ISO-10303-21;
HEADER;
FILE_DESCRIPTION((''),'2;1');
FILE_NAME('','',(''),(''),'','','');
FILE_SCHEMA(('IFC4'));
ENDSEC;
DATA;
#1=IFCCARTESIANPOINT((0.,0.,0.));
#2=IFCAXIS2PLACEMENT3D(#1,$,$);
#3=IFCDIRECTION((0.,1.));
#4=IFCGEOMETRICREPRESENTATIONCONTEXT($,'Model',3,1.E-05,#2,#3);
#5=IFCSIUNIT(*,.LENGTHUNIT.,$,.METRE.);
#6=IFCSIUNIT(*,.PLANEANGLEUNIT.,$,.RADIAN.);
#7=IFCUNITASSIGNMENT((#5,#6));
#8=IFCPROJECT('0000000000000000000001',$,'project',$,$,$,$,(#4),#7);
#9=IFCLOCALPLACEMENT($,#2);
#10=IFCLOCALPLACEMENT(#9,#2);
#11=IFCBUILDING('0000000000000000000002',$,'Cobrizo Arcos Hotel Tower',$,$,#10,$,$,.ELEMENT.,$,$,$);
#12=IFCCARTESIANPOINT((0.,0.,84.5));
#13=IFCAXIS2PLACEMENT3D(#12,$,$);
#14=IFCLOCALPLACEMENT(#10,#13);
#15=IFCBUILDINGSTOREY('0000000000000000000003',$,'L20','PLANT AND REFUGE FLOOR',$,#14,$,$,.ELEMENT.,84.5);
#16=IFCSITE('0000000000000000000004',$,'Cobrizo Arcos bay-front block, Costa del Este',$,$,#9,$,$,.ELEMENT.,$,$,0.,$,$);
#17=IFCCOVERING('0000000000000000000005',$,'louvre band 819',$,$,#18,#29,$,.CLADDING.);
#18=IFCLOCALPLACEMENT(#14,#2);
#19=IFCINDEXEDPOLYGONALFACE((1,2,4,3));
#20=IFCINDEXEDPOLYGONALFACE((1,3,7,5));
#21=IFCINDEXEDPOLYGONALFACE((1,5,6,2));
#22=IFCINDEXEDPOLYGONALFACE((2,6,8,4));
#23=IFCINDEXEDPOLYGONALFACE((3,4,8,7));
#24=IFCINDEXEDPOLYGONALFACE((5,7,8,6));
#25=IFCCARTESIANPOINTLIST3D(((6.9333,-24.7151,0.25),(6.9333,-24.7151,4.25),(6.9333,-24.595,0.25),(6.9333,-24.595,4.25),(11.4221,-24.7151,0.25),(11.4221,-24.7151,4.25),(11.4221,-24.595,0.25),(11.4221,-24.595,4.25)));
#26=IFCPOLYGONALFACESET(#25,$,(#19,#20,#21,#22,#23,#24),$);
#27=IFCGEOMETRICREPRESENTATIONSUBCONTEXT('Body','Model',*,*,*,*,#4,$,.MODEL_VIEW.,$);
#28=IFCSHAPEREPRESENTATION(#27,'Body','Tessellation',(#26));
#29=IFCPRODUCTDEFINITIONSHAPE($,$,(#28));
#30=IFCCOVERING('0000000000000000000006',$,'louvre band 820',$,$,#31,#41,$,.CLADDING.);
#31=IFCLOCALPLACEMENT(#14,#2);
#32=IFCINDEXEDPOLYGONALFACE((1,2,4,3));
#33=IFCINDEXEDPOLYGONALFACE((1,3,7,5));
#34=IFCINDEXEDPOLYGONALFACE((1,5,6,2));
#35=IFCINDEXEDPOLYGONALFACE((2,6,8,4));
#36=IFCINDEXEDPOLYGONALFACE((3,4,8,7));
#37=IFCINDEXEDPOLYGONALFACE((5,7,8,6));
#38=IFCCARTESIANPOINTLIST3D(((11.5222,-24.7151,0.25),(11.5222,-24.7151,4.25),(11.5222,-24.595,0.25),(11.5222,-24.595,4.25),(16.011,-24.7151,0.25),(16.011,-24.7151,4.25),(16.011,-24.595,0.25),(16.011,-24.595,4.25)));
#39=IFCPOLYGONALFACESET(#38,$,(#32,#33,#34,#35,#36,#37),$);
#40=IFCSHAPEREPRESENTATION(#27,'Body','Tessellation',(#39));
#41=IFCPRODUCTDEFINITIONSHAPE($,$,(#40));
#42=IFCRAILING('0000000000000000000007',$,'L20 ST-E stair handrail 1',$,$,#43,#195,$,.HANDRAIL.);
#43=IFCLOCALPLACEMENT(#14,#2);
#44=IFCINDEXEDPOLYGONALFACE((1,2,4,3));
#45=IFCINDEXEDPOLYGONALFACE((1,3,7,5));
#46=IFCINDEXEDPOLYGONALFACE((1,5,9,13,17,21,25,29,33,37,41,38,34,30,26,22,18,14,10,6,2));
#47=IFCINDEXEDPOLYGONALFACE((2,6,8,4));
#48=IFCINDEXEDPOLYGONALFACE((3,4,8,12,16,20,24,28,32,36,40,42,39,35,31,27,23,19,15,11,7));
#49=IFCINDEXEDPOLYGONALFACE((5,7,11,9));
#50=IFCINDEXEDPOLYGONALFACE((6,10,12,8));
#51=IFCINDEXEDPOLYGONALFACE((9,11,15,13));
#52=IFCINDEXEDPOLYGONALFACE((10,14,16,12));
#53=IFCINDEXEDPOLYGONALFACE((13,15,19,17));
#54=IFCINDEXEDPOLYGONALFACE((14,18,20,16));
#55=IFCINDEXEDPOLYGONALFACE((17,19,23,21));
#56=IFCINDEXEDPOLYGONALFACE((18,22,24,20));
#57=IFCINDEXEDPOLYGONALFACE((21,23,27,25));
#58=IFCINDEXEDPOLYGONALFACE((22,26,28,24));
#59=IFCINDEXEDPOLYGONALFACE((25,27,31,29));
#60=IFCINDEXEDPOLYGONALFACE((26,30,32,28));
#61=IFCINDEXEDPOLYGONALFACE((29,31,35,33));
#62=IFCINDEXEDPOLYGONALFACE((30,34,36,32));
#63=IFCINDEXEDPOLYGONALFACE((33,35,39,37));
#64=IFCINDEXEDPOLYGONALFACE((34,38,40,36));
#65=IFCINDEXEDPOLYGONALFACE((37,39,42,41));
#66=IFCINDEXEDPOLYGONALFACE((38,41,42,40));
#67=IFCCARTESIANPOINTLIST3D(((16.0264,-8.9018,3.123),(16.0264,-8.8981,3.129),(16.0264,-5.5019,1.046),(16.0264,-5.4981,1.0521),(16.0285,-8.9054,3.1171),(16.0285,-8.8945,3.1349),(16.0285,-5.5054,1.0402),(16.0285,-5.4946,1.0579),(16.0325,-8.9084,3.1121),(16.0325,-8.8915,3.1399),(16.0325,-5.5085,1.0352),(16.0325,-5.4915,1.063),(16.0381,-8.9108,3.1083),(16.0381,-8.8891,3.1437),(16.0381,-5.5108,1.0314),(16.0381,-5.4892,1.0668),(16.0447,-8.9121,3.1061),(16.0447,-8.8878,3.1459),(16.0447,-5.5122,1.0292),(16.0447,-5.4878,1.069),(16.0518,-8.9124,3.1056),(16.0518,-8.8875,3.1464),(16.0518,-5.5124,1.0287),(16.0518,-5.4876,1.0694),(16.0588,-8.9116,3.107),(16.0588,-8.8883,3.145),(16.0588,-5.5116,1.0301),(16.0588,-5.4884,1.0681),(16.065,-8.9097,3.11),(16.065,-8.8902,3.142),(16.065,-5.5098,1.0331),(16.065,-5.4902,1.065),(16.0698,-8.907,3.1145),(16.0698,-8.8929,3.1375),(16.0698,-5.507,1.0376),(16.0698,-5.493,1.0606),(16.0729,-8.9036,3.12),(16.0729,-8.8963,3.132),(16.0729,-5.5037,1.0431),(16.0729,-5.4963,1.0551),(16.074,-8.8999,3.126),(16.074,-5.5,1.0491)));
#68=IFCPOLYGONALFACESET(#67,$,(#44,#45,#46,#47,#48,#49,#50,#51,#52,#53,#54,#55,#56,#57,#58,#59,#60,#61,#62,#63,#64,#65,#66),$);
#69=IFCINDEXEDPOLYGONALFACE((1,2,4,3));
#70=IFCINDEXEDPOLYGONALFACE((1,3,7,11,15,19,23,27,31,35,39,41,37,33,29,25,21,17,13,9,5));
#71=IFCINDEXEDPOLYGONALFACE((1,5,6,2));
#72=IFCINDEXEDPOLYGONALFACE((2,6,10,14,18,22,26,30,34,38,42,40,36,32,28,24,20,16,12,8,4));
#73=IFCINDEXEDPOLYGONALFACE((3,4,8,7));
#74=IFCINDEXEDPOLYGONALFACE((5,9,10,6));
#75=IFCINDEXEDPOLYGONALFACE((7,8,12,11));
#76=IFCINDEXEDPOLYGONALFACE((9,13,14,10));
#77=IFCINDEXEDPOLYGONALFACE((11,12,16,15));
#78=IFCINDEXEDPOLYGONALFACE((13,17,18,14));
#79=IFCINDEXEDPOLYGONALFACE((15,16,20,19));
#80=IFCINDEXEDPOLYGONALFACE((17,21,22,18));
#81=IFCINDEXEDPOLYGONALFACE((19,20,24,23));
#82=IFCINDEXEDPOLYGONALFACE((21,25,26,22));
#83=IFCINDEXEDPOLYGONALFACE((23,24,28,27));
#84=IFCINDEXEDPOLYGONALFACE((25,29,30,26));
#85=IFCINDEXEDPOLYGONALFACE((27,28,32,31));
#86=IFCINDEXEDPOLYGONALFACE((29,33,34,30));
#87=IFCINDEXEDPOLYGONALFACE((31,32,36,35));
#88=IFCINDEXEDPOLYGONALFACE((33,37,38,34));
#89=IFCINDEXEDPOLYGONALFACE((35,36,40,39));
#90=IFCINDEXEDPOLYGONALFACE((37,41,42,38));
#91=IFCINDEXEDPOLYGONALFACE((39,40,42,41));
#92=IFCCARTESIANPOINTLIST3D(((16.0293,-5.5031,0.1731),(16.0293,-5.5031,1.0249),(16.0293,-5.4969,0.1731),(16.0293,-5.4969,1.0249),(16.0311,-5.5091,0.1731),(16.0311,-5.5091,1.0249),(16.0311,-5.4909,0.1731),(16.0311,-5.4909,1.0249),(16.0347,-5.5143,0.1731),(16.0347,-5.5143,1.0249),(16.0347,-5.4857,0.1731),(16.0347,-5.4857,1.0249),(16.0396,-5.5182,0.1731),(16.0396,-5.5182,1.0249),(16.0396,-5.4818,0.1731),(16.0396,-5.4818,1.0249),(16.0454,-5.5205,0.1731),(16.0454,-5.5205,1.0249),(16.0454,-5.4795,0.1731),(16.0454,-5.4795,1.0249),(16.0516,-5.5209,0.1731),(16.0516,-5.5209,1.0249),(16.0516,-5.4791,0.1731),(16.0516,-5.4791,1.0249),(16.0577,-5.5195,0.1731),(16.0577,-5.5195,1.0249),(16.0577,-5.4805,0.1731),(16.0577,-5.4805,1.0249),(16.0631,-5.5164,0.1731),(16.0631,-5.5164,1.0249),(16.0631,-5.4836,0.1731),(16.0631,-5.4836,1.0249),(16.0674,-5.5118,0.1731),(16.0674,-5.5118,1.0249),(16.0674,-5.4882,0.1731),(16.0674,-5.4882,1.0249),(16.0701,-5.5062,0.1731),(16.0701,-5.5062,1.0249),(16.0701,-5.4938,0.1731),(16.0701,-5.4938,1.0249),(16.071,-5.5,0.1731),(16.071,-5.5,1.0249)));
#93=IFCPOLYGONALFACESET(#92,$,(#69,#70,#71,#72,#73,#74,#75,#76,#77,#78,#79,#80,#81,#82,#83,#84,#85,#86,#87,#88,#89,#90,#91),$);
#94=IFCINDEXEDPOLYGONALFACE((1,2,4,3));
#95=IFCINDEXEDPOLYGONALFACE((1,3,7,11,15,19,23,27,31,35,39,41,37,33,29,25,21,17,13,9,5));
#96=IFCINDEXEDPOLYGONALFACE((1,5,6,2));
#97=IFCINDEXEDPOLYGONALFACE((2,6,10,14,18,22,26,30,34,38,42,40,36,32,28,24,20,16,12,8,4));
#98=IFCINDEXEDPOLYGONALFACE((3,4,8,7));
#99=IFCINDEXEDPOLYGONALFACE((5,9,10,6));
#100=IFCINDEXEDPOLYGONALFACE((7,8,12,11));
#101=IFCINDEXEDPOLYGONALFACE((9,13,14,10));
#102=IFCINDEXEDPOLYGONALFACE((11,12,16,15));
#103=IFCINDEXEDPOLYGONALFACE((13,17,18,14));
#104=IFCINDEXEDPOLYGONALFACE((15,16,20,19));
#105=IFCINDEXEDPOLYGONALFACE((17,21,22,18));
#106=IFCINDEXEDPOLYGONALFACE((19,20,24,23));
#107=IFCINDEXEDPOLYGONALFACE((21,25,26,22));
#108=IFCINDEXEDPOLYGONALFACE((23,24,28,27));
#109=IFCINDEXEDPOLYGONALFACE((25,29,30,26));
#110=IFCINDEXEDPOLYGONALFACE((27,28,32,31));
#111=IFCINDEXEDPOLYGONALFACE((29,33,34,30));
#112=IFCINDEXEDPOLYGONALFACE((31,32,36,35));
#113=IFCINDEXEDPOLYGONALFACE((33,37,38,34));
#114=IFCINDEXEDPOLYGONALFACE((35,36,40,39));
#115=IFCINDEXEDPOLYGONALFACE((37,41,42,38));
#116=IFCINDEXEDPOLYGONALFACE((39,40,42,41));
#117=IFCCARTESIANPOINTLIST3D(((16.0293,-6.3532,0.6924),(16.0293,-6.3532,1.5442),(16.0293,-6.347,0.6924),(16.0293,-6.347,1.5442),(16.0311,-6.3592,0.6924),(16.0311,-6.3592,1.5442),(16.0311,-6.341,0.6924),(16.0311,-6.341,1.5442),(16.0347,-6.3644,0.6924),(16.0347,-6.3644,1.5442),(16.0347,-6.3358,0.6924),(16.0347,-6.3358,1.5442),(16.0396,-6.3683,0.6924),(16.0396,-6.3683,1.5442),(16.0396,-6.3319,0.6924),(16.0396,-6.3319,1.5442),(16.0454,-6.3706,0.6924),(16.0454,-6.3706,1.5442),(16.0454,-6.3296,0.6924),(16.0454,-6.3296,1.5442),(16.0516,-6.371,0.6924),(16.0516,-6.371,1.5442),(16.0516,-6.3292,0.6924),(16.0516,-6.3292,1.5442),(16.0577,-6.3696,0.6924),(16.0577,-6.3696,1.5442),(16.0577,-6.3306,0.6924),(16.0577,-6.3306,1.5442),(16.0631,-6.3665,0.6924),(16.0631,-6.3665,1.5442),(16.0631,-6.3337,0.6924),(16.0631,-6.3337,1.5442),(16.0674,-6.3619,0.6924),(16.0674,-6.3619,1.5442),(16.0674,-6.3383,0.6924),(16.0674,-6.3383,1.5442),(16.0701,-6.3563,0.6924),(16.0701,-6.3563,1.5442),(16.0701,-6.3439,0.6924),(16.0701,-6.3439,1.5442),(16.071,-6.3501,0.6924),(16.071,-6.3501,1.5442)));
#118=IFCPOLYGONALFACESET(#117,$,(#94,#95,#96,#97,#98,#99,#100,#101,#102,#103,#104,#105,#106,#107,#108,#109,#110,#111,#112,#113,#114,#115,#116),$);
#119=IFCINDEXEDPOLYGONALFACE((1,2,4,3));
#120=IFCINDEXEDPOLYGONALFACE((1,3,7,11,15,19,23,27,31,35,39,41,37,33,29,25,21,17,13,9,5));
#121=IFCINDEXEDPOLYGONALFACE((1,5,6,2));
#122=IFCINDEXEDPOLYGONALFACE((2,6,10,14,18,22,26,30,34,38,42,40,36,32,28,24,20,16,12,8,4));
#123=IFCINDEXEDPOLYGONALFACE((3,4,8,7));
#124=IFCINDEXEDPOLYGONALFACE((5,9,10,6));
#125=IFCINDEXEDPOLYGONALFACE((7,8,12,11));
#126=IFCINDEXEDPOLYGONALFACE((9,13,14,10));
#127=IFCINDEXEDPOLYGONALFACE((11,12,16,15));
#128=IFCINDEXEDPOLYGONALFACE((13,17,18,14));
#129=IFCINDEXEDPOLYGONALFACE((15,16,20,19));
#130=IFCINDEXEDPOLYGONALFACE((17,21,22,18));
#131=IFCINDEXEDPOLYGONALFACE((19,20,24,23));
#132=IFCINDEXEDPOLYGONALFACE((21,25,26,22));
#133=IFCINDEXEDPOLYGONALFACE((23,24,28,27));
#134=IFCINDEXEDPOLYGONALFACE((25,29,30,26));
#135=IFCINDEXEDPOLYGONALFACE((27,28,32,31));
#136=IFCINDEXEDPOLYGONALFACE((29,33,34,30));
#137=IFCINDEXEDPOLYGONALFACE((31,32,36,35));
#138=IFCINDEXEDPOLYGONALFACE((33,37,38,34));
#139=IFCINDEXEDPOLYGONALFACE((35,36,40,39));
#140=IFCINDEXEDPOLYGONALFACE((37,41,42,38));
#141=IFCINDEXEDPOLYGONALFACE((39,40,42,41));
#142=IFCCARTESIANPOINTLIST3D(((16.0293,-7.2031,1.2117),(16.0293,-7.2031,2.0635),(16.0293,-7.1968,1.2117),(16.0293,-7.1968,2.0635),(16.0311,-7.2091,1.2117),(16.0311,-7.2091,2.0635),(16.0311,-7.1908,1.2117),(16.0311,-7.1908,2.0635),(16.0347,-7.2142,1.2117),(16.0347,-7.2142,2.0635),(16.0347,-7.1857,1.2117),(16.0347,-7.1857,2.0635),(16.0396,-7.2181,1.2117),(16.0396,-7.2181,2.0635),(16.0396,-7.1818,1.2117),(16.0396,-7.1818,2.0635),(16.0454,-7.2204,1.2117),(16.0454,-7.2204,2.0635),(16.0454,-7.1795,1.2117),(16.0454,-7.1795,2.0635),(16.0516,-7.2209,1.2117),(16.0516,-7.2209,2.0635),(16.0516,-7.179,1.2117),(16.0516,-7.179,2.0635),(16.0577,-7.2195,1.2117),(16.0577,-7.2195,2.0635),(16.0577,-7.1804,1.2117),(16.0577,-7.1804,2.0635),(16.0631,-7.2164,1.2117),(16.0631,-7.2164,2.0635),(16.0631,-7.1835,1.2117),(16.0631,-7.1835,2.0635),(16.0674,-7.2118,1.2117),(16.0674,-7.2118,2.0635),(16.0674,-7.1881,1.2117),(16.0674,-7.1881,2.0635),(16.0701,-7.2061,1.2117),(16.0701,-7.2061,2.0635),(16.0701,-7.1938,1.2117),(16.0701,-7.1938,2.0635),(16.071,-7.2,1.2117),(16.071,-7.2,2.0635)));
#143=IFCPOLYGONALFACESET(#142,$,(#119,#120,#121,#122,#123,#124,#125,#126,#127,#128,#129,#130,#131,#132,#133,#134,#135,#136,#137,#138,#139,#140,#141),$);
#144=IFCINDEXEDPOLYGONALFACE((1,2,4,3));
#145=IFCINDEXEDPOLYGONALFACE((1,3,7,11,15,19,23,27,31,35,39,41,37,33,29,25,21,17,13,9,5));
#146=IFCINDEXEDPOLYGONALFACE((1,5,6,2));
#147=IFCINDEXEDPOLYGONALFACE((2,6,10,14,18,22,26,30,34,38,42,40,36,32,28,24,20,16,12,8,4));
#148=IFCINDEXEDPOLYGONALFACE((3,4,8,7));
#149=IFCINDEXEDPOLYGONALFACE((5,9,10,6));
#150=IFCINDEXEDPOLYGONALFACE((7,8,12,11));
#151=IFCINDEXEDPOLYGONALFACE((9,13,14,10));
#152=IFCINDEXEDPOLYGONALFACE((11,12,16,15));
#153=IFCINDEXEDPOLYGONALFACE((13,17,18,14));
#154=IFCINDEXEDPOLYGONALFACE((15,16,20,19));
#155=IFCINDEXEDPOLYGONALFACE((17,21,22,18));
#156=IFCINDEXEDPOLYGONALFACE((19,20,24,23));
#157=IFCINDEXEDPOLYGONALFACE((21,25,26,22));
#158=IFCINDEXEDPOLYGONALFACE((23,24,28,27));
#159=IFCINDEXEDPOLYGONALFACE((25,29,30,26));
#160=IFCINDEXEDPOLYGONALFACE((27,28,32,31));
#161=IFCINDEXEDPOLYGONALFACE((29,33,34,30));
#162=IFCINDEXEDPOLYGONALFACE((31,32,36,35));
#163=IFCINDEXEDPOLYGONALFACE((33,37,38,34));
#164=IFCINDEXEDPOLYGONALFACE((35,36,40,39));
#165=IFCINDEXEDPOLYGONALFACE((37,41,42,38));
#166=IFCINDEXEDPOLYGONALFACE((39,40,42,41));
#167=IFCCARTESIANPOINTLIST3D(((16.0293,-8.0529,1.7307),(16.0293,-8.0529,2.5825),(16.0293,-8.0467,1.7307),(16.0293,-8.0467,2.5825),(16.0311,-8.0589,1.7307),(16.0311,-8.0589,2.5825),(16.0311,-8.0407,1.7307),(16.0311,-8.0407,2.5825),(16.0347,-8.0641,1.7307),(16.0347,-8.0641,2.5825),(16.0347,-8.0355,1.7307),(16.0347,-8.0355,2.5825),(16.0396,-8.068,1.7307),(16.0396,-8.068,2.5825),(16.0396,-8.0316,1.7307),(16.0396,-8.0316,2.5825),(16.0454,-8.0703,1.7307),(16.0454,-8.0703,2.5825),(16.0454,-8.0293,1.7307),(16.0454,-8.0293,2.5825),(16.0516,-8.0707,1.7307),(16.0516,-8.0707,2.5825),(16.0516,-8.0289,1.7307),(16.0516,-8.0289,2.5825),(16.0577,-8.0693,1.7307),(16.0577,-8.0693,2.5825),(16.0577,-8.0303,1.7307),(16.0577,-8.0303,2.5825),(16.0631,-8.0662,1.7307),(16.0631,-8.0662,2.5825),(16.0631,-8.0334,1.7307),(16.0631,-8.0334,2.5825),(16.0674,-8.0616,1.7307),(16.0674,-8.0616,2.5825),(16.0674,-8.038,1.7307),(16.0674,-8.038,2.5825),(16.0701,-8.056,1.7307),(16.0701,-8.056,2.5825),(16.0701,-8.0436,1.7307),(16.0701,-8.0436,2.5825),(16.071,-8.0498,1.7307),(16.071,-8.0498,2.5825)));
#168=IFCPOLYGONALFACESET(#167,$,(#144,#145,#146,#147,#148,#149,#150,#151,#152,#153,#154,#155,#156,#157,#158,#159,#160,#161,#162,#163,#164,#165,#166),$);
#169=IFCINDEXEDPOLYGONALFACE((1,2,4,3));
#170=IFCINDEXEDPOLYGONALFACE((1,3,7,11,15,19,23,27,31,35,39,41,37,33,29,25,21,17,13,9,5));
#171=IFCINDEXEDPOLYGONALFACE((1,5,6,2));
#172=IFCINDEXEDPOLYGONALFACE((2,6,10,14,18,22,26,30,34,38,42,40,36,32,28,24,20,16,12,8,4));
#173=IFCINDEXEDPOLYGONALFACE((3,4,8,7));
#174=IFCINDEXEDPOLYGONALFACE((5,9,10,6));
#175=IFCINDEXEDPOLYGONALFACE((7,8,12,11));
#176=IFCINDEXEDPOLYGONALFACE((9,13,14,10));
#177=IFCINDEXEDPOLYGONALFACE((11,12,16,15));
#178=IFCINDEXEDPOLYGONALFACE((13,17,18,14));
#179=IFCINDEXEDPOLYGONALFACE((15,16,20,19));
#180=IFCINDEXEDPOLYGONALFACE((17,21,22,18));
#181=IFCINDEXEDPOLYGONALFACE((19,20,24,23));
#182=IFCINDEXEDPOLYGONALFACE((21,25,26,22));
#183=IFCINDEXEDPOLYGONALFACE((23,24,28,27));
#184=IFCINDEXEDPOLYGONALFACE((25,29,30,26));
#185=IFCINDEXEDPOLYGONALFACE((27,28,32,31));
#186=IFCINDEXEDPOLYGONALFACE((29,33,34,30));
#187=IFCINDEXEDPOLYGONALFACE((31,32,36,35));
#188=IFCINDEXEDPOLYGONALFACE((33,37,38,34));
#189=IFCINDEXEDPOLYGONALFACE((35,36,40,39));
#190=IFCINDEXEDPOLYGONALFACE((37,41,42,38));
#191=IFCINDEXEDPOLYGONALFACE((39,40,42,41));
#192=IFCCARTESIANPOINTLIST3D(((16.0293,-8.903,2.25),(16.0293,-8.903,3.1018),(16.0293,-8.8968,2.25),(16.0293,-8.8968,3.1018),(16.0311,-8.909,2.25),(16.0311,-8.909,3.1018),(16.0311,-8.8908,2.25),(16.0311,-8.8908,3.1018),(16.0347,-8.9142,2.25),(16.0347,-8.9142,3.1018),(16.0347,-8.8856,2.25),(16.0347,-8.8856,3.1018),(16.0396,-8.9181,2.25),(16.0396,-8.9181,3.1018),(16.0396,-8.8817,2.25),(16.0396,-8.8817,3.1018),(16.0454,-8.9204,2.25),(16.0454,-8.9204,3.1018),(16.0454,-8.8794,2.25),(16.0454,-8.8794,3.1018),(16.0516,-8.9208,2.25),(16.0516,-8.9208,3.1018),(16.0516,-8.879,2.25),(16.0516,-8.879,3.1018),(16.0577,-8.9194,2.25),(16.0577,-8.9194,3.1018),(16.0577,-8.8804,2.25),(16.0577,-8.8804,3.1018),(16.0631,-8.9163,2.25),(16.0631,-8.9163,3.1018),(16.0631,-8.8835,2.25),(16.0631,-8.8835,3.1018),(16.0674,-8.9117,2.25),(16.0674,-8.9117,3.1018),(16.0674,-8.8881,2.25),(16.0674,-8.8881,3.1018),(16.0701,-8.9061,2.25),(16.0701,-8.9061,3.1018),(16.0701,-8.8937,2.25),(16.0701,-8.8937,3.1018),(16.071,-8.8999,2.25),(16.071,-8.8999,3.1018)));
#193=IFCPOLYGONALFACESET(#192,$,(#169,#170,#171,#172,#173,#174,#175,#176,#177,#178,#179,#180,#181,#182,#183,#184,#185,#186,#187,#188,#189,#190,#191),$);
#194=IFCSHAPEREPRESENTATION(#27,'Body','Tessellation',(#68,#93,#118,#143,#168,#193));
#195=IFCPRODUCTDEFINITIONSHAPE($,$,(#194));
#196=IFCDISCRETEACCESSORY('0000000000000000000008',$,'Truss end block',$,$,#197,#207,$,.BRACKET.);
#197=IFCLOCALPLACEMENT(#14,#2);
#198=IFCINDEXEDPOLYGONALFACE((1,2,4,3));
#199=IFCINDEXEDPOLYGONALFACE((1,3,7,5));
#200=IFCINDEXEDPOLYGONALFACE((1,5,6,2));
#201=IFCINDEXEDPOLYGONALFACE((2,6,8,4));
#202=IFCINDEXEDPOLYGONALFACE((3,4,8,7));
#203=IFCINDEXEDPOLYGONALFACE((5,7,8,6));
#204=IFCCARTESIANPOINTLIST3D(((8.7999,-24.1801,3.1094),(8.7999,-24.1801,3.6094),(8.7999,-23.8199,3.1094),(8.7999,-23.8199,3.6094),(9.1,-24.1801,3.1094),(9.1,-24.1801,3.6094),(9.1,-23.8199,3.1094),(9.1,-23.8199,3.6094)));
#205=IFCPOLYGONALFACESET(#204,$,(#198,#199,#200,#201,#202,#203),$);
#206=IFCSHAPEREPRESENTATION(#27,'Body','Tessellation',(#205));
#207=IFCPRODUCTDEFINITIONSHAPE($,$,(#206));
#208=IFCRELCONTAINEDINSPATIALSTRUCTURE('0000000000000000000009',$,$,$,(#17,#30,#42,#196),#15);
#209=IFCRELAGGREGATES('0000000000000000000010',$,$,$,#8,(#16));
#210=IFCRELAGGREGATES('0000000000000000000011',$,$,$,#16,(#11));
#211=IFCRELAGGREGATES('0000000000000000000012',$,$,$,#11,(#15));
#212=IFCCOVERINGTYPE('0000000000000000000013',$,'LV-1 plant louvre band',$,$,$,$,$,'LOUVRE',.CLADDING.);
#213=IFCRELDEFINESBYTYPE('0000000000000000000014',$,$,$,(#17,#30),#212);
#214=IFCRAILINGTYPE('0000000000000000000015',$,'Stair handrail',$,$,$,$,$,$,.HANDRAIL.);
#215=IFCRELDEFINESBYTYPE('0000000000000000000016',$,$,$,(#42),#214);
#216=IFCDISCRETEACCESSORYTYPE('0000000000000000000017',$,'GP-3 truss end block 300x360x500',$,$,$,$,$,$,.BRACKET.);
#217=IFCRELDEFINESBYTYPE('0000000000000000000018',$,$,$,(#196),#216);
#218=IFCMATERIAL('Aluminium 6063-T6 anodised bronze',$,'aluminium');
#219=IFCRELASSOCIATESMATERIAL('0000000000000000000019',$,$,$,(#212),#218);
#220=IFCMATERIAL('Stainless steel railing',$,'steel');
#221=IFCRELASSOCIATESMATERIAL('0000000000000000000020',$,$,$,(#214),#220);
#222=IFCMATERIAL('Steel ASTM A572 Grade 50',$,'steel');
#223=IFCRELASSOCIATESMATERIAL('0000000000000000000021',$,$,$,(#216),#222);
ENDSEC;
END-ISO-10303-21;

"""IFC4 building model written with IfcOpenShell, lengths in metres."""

from ifc_helpers import new_model, si_unit, direction, frame, origin, origin_2d, place, context, subcontext, project, spatial, rectangle, circle, extrude, material, type_object, element, save


model = new_model("IFC4")

# Units and contexts
model_context = context("Model", 3, precision=1e-05, world=origin(), true_north=direction((0.0, 1.0)))
body_context = subcontext(model_context, "Body", "Model", "MODEL_VIEW")
ifc_project = project(units=[si_unit("LENGTHUNIT", "METRE"), si_unit("PLANEANGLEUNIT", "RADIAN")], contexts=[model_context])

# Site, building, storey
site_placement = place(None, origin())
site = spatial("IfcSite", under=ifc_project, at=site_placement, Name="Cobrizo Arcos bay-front block, Costa del Este", CompositionType="ELEMENT", RefElevation=0.0)
building_placement = place(site_placement, origin())
building = spatial("IfcBuilding", under=site, at=building_placement, Name="Cobrizo Arcos Hotel Tower", CompositionType="ELEMENT")
storey_placement = place(building_placement, frame((0.0, 0.0, 84.5)))
storey = spatial("IfcBuildingStorey", under=building, at=storey_placement, Name="L20", Description="PLANT AND REFUGE FLOOR", CompositionType="ELEMENT", Elevation=84.5)

# Shared definitions
ifc_material_1 = material(Name="Aluminium 6063-T6 anodised bronze", Category="aluminium")

# Coverings
covering_type = type_object("IfcCoveringType", Name="LV-1 plant louvre band", ElementType="LOUVRE", PredefinedType="CLADDING", material=ifc_material_1)
for number, where, z_axis, x_axis, name in (
    (1, (9.1777, -24.655, 0.25), (0.0, 0.0, 1.0), (1.0, 0.0, 0.0), "louvre band 819"),
    (2, (13.7666, -24.655, 0.25), (0.0, 0.0, 1.0), (1.0, 0.0, 0.0), "louvre band 820"),
):
    element("IfcCovering", number, at=place(storey_placement, frame(where, z_axis=z_axis, x_axis=x_axis)), inside=storey, type_object=covering_type, Name=name, PredefinedType="CLADDING", context=body_context, shape_type="SweptSolid", body=[
        extrude(rectangle(XDim=4.4888, YDim=0.1201, at=origin_2d()), origin(), (0.0, 0.0, 1.0), 4.0),
    ])

# Railing
ifc_material_2 = material(Name="Stainless steel railing", Category="steel")
railing_type = type_object("IfcRailingType", Name="Stair handrail", PredefinedType="HANDRAIL", material=ifc_material_2)
railing_placement = place(storey_placement, frame((16.05, -5.5, 0.1731)))
element("IfcRailing", 3, at=railing_placement, inside=storey, type_object=railing_type, Name="L20 ST-E stair handrail 1", PredefinedType="HANDRAIL", context=body_context, shape_type="SweptSolid", body=[
    extrude(circle(Radius=0.0239, at=origin_2d()), frame((0.0, 0.0, 0.876), z_axis=(0.0, -0.853373, 0.521301), x_axis=(1.0, 0.0, 0.0)), (0.0, 0.0, 1.0), 3.9841),
    extrude(circle(Radius=0.021, at=origin_2d()), origin(), (0.0, 0.0, 1.0), 0.8518),
    extrude(circle(Radius=0.021, at=origin_2d()), frame((0.0, -0.8501, 0.5193)), (0.0, 0.0, 1.0), 0.8518),
    extrude(circle(Radius=0.021, at=origin_2d()), frame((0.0, -1.7, 1.0386)), (0.0, 0.0, 1.0), 0.8518),
    extrude(circle(Radius=0.021, at=origin_2d()), frame((0.0, -2.5498, 1.5576)), (0.0, 0.0, 1.0), 0.8518),
    extrude(circle(Radius=0.021, at=origin_2d()), frame((0.0, -3.3999, 2.0769)), (0.0, 0.0, 1.0), 0.8518),
])

# Discrete accessory
ifc_material_3 = material(Name="Steel ASTM A572 Grade 50", Category="steel")
discrete_accessory_type_1 = type_object("IfcDiscreteAccessoryType", Name="GP-3 truss end block 300x360x500", PredefinedType="BRACKET", material=ifc_material_3)
for number, where, z_axis, x_axis, name in (
    (4, (8.95, -24.0, 3.1094), (0.0, 0.0, 1.0), (-1.0, 0.0, 0.0), "Truss end block"),
):
    element("IfcDiscreteAccessory", number, at=place(storey_placement, frame(where, z_axis=z_axis, x_axis=x_axis)), inside=storey, type_object=discrete_accessory_type_1, Name=name, PredefinedType="BRACKET", context=body_context, shape_type="SweptSolid", body=[
        extrude(rectangle(XDim=0.3, YDim=0.3601, at=origin_2d()), origin(), (0.0, 0.0, 1.0), 0.5),
    ])

save(model, "model.ifc")
